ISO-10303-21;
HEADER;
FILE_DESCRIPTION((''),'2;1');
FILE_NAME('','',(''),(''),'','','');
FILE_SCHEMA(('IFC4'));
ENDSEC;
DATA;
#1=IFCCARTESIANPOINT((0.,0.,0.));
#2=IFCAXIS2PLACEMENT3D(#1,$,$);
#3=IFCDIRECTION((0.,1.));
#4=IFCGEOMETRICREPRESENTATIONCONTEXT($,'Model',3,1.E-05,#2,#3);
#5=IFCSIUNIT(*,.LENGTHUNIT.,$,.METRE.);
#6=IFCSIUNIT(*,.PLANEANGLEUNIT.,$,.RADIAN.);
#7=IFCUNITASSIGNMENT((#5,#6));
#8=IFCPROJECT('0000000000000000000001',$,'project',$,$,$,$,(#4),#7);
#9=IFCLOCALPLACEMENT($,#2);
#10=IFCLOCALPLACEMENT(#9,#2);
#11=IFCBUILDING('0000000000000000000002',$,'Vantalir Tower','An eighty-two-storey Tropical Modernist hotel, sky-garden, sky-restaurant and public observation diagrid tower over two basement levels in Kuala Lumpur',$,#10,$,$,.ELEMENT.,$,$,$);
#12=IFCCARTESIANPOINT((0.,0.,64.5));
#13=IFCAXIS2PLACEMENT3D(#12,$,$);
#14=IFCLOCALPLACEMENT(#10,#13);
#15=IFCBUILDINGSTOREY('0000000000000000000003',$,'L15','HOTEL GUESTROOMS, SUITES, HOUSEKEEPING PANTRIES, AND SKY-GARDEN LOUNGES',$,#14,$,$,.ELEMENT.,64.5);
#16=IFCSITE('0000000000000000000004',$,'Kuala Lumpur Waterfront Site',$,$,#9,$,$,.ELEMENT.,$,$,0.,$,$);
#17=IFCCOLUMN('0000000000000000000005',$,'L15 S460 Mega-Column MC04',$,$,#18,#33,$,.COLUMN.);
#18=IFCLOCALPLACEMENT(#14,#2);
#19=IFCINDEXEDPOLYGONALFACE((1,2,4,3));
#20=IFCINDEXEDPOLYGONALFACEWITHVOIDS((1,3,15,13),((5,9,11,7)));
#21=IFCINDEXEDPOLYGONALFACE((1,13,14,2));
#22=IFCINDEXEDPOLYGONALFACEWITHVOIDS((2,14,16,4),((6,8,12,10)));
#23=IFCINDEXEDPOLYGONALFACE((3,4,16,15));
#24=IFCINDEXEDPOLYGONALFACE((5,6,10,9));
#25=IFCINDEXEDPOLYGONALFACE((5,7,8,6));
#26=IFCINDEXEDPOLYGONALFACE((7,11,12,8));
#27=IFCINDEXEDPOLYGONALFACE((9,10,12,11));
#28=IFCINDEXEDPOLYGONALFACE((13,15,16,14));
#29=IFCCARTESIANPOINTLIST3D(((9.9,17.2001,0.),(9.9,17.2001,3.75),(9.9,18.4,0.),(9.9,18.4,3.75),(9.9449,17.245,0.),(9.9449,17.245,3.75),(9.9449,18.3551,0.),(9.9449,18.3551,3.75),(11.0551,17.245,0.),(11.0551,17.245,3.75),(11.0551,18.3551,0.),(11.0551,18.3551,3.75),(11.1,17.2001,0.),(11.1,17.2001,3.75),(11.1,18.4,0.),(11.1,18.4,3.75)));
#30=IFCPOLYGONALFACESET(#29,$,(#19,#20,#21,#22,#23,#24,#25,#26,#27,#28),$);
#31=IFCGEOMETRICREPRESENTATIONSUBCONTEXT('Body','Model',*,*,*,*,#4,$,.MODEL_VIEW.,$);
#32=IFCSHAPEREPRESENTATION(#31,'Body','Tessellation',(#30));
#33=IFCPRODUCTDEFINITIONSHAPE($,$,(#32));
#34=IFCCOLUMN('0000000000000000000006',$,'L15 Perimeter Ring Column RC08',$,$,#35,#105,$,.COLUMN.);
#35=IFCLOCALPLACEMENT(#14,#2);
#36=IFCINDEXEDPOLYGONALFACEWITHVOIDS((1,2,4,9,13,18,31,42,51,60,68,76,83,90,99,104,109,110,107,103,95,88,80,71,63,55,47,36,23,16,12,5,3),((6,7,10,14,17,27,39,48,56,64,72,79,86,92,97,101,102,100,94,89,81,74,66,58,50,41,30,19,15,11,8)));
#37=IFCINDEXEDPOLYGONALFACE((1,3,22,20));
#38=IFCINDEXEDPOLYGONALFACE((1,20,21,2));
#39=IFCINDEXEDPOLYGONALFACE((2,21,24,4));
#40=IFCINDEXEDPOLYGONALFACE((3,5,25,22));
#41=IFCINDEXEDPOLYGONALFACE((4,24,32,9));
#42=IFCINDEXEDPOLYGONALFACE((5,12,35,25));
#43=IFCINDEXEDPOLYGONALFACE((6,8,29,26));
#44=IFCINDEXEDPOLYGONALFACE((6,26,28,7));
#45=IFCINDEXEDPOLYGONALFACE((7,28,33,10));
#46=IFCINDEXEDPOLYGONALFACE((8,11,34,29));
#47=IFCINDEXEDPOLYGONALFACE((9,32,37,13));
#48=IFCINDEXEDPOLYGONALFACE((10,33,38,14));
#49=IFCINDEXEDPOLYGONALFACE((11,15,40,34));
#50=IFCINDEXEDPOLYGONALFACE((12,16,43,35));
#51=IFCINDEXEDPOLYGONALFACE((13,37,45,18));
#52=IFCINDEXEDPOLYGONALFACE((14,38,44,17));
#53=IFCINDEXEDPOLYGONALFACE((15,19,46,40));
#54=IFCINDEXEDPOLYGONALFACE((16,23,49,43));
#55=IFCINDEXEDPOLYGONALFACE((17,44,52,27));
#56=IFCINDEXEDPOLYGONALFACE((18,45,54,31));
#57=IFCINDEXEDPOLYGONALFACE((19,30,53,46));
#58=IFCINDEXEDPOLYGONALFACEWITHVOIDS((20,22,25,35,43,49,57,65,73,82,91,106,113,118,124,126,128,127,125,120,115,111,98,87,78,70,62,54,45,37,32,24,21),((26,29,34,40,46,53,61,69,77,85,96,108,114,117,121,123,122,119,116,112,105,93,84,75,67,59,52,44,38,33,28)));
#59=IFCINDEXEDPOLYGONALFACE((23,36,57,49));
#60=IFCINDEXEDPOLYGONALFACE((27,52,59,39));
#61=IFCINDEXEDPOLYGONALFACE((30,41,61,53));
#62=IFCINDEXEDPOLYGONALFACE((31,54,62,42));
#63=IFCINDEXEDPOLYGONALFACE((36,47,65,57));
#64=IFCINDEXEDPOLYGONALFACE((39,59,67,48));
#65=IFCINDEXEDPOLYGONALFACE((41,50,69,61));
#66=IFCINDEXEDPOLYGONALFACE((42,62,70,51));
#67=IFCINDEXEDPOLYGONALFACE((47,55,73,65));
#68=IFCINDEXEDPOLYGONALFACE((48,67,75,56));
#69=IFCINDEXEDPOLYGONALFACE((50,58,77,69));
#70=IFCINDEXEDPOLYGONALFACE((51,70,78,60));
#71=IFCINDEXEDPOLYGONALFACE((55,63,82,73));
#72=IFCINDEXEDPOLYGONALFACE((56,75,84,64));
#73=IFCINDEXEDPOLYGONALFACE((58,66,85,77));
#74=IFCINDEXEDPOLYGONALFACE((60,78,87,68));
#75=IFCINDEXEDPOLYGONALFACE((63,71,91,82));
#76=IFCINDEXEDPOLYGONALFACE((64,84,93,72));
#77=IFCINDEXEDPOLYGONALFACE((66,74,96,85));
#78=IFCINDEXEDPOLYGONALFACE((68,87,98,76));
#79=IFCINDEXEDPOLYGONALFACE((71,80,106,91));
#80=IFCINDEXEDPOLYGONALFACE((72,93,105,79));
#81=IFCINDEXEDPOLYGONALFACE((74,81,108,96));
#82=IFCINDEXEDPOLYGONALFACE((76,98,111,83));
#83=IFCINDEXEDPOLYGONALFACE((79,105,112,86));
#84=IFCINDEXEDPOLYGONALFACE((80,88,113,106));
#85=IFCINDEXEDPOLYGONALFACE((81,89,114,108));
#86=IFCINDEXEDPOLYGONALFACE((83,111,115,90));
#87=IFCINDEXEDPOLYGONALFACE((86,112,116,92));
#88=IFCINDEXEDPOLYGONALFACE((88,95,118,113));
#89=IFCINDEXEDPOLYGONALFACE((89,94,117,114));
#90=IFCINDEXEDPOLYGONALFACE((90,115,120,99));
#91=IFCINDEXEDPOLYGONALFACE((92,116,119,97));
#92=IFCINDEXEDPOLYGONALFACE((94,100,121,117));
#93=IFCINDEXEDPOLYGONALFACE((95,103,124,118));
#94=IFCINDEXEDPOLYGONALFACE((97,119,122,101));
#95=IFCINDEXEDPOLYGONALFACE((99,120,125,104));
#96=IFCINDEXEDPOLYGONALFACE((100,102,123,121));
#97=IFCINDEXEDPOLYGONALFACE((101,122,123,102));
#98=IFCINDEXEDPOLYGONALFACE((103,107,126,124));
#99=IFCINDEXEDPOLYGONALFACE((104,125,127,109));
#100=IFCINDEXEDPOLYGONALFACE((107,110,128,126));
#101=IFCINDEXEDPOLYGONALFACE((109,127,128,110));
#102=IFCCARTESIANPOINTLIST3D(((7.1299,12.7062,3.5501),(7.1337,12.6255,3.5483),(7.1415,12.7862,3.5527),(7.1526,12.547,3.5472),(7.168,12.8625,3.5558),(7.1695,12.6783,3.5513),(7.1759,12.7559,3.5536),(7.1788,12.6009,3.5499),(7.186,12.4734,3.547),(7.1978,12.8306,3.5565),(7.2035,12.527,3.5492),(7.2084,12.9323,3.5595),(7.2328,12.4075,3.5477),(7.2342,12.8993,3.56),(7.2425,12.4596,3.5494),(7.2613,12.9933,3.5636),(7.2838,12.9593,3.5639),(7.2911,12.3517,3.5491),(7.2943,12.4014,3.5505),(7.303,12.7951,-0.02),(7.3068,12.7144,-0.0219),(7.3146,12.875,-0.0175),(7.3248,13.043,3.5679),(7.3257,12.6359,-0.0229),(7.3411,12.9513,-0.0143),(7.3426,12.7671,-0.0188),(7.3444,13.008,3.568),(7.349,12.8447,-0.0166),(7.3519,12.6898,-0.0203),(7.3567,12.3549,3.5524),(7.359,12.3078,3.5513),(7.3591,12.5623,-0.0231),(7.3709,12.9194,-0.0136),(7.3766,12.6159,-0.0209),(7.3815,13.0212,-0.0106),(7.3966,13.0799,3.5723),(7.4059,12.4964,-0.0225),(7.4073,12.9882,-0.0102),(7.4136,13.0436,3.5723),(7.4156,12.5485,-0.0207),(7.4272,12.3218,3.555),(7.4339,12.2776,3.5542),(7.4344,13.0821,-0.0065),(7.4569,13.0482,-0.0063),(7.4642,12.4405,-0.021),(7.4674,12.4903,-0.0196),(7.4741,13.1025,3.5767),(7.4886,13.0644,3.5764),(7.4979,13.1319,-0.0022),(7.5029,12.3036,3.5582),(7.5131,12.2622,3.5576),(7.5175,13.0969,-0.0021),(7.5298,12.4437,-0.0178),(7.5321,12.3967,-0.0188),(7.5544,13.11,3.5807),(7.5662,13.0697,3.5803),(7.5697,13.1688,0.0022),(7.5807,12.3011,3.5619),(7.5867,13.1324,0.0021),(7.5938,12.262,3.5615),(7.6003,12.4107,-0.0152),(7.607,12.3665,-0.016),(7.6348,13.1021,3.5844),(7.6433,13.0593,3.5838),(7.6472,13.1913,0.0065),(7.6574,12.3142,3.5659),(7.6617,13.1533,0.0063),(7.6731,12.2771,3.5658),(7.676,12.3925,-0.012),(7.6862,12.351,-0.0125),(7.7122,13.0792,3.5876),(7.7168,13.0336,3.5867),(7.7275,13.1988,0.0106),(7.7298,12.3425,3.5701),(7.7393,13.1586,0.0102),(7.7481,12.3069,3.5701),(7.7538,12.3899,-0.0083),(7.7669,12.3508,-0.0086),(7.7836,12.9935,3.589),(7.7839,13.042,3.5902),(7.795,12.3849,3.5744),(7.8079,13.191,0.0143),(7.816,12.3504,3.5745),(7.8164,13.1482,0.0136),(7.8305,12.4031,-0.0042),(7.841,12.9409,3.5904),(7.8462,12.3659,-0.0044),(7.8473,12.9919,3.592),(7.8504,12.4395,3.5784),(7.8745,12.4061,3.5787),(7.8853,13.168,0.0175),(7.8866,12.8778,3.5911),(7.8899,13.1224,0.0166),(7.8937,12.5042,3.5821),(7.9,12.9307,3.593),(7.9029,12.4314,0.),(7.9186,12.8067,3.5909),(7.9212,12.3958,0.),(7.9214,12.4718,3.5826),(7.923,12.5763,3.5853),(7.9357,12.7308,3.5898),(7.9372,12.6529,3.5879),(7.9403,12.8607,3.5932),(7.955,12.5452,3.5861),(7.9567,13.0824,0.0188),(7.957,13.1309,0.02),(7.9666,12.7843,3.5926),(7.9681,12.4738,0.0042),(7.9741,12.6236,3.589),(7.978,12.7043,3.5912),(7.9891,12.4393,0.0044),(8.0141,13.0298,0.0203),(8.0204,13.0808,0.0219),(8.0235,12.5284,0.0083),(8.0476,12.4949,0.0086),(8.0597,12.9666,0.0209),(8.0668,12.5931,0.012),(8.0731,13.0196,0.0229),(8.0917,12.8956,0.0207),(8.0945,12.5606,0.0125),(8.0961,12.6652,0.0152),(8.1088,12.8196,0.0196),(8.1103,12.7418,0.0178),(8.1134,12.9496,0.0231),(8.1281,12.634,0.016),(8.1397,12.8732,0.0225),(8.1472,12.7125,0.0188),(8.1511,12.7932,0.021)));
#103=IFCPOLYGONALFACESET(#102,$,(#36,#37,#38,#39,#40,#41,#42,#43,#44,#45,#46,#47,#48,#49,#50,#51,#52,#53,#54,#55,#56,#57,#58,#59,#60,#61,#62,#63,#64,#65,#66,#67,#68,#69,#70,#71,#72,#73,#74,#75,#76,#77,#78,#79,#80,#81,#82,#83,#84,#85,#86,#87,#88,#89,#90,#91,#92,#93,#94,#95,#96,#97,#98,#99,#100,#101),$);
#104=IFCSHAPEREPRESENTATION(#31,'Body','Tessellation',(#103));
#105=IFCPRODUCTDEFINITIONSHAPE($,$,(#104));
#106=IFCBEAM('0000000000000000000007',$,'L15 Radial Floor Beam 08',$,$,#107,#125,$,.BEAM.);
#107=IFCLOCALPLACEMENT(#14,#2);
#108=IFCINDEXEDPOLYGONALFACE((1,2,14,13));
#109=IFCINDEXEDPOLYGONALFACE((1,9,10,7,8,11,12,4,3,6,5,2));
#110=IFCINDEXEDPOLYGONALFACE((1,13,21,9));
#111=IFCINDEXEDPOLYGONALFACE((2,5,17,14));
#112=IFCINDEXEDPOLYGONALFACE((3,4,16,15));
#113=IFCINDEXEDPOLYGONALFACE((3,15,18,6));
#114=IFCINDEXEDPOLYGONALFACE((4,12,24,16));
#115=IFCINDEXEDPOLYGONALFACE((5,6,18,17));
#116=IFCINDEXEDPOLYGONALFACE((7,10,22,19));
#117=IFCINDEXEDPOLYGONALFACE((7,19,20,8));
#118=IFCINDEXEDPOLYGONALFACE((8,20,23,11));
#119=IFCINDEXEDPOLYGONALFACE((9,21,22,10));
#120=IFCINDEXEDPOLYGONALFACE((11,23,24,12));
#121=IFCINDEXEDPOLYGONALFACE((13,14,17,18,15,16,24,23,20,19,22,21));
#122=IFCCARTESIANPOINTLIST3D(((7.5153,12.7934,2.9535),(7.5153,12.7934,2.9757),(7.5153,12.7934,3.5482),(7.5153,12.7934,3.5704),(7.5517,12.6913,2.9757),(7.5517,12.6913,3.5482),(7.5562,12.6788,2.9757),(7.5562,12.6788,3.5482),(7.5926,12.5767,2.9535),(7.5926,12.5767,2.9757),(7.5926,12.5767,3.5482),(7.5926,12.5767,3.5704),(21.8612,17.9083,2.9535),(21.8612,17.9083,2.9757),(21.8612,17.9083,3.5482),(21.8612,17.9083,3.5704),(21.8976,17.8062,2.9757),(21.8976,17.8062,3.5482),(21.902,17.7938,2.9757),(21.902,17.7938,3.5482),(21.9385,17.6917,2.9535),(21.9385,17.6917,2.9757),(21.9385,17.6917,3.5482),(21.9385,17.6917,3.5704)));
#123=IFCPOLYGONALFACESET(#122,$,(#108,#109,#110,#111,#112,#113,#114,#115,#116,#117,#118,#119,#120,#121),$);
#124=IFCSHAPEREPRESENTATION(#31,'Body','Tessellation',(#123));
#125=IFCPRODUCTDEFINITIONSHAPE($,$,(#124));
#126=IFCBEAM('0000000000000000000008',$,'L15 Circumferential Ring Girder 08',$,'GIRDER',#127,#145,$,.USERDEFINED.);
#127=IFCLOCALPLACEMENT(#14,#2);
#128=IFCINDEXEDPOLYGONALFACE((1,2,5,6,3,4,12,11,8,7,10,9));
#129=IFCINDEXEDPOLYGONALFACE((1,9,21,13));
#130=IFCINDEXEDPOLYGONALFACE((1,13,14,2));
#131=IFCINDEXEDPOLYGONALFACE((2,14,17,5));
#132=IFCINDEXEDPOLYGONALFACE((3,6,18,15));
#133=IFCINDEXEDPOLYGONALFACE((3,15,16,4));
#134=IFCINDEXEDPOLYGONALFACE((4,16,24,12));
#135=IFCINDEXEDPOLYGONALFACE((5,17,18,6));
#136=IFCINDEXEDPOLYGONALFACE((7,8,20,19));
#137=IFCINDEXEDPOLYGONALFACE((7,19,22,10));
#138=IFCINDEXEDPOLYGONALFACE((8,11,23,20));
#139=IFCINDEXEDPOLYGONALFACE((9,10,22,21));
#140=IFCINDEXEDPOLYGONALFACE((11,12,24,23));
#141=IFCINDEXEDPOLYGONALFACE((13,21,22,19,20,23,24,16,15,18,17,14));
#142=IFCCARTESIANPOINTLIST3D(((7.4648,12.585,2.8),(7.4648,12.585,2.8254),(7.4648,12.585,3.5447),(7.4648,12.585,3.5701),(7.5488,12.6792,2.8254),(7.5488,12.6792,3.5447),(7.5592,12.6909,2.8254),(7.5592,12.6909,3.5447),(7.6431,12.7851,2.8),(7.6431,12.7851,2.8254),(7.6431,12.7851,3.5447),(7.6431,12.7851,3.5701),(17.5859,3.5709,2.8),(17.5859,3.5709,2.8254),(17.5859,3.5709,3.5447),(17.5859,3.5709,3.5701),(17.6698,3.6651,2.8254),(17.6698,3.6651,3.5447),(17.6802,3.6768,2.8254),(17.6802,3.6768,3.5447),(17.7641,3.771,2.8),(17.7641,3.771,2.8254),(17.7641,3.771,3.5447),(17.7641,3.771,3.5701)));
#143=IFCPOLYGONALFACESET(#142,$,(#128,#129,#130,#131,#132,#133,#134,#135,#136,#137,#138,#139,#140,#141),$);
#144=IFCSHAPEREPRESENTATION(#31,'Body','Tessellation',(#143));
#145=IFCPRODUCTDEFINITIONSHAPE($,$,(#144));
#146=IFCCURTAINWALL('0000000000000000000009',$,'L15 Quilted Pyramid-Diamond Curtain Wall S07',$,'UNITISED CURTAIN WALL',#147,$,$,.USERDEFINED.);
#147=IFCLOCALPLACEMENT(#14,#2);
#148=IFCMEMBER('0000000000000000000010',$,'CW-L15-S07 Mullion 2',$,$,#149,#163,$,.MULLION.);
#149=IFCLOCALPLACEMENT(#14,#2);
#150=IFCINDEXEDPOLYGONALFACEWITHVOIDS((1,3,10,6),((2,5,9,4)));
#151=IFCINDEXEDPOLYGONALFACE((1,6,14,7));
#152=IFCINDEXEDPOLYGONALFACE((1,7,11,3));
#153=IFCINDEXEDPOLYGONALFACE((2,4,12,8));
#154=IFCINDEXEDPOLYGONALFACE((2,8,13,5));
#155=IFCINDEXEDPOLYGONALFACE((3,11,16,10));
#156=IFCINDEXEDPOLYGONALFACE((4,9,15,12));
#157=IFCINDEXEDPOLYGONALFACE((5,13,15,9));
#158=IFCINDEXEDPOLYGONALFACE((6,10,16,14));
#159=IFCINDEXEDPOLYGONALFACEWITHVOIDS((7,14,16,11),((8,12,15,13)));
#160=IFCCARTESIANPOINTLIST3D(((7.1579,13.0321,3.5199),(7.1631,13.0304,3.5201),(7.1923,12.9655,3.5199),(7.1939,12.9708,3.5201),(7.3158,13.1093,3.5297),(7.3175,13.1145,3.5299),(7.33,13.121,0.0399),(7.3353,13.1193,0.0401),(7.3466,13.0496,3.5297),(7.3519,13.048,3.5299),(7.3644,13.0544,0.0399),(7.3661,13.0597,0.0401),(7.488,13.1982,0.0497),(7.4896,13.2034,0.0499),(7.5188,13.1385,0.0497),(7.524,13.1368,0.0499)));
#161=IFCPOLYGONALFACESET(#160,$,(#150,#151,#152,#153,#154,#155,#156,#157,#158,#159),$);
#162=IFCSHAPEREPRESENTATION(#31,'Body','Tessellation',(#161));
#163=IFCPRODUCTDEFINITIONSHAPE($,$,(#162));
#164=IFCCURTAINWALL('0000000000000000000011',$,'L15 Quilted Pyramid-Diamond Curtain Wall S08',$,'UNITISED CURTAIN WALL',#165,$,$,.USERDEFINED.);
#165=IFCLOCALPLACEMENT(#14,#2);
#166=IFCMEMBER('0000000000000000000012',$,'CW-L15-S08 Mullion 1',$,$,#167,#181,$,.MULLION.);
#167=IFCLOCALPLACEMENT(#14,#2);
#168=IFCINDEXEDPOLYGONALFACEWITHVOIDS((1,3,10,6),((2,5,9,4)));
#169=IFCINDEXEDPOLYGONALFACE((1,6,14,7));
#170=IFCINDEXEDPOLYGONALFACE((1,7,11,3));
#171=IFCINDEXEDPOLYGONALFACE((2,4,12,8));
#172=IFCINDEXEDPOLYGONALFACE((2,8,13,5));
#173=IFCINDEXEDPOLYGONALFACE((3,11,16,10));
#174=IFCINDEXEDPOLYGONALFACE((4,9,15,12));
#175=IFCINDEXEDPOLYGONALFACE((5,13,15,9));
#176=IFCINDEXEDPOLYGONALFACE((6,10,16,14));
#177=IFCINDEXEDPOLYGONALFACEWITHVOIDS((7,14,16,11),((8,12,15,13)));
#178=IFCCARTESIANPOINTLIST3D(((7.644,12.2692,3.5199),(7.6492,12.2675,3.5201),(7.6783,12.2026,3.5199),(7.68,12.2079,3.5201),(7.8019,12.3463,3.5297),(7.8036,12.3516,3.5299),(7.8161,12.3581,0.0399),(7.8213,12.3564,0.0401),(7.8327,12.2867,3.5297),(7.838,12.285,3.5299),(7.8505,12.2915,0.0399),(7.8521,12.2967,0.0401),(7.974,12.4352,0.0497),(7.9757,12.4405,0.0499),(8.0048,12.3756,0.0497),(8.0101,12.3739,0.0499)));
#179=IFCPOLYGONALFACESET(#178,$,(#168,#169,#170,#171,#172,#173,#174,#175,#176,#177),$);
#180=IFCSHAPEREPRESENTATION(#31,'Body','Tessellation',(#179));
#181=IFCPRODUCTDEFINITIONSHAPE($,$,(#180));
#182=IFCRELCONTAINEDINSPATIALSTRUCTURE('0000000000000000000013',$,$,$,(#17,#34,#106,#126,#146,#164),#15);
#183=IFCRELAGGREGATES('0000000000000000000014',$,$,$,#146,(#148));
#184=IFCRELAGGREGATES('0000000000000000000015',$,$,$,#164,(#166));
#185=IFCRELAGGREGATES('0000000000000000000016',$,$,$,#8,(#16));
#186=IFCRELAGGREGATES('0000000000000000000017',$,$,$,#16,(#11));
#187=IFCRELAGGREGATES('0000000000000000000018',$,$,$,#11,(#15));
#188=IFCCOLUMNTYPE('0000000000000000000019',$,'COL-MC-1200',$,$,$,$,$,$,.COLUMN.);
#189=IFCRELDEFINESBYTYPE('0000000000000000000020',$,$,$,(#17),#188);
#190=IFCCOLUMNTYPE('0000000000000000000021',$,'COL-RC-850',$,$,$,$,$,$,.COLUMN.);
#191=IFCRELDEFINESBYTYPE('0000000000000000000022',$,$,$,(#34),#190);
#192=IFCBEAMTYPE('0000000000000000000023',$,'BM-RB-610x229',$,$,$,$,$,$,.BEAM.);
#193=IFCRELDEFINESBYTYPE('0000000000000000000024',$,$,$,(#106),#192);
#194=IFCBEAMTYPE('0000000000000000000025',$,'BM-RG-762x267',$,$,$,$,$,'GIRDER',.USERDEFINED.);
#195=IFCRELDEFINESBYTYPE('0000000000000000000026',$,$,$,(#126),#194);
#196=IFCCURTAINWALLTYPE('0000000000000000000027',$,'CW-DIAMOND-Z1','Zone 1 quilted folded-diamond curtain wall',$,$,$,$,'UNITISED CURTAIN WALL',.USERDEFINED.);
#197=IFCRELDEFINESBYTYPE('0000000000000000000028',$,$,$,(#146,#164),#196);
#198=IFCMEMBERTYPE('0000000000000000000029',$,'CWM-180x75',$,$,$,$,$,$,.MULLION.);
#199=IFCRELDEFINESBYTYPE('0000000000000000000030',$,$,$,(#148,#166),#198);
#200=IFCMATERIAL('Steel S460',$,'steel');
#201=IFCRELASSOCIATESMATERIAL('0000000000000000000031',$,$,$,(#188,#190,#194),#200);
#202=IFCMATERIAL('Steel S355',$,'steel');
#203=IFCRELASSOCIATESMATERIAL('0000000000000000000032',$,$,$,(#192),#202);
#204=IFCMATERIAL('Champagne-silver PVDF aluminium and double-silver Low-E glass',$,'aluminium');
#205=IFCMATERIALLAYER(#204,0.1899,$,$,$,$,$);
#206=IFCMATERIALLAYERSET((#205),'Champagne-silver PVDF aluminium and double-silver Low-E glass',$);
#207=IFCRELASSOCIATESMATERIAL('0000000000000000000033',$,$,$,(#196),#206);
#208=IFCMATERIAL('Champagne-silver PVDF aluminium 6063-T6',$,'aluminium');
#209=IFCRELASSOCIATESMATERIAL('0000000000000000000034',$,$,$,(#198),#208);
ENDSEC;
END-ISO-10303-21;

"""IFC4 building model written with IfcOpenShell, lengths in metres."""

from ifc_helpers import new_model, si_unit, direction, frame, origin, origin_2d, place, context, subcontext, project, spatial, hollow_rectangle, hollow_circle, i_section, extrude, material, layer, layer_set, material_profile, profile_set, type_object, element, aggregate, save


model = new_model("IFC4")

# Units and contexts
model_context = context("Model", 3, precision=1e-05, world=origin(), true_north=direction((0.0, 1.0)))
body_context = subcontext(model_context, "Body", "Model", "MODEL_VIEW")
ifc_project = project(units=[si_unit("LENGTHUNIT", "METRE"), si_unit("PLANEANGLEUNIT", "RADIAN")], contexts=[model_context])

# Site, building, storey
site_placement = place(None, origin())
site = spatial("IfcSite", under=ifc_project, at=site_placement, Name="Kuala Lumpur Waterfront Site", CompositionType="ELEMENT", RefElevation=0.0)
building_placement = place(site_placement, origin())
building = spatial("IfcBuilding", under=site, at=building_placement, Name="Vantalir Tower", Description="An eighty-two-storey Tropical Modernist hotel, sky-garden, sky-restaurant and public observation diagrid tower over two basement levels in Kuala Lumpur", CompositionType="ELEMENT")
storey_placement = place(building_placement, frame((0.0, 0.0, 64.5)))
storey = spatial("IfcBuildingStorey", under=building, at=storey_placement, Name="L15", Description="HOTEL GUESTROOMS, SUITES, HOUSEKEEPING PANTRIES, AND SKY-GARDEN LOUNGES", CompositionType="ELEMENT", Elevation=64.5)

# Columns
ifc_material_1 = material(Name="Steel S460", Category="steel")
ifc_material_profile_1 = material_profile(ifc_material_1, hollow_rectangle(XDim=1.2, YDim=1.2, WallThickness=0.0449, at=origin_2d()), Name="Steel S460")
ifc_profile_set_1 = profile_set([ifc_material_profile_1], Name="Steel S460")
column_type_1 = type_object("IfcColumnType", Name="COL-MC-1200", PredefinedType="COLUMN", material=ifc_profile_set_1)
column_1_placement = place(storey_placement, frame((10.5, 17.8, 0.0), z_axis=(0.0, 0.0, 1.0), x_axis=(1.0, 0.0, 0.0)))
element("IfcColumn", 1, at=column_1_placement, inside=storey, type_object=column_type_1, Name="L15 S460 Mega-Column MC04", PredefinedType="COLUMN", context=body_context, shape_type="SweptSolid", body=[
    extrude(hollow_rectangle(XDim=1.2, YDim=1.2, WallThickness=0.0449, at=origin_2d()), origin(), (0.0, 0.0, 1.0), 3.75),
])
ifc_material_profile_2 = material_profile(ifc_material_1, hollow_circle(Radius=0.425, WallThickness=0.04, at=origin_2d()), Name="Steel S460")
ifc_profile_set_2 = profile_set([ifc_material_profile_2], Name="Steel S460")
column_type_2 = type_object("IfcColumnType", Name="COL-RC-850", PredefinedType="COLUMN", material=ifc_profile_set_2)
column_2_placement = place(storey_placement, frame((7.7271, 12.7739, 0.0), z_axis=(-0.048413, -0.024855, 0.998518), x_axis=(0.456724, -0.889608, 0.0)))
element("IfcColumn", 2, at=column_2_placement, inside=storey, type_object=column_type_2, Name="L15 Perimeter Ring Column RC08", PredefinedType="COLUMN", context=body_context, shape_type="SweptSolid", body=[
    extrude(hollow_circle(Radius=0.425, WallThickness=0.04, at=origin_2d()), origin(), (0.0, 0.0, 1.0), 3.5754),
])

# Beams
ifc_material_2 = material(Name="Steel S355", Category="steel")
ifc_material_profile_3 = material_profile(ifc_material_2, i_section(OverallWidth=0.23, OverallDepth=0.6169, WebThickness=0.0132, FlangeThickness=0.0222, at=origin_2d()), Name="Steel S355")
ifc_profile_set_3 = profile_set([ifc_material_profile_3], Name="Steel S355")
beam_type_1 = type_object("IfcBeamType", Name="BM-RB-610x229", PredefinedType="BEAM", material=ifc_profile_set_3)
beam_1_placement = place(storey_placement, frame((7.554, 12.6851, 3.262), z_axis=(0.94192, 0.335838, 0.0), x_axis=(-0.335838, 0.94192, 0.0)))
element("IfcBeam", 3, at=beam_1_placement, inside=storey, type_object=beam_type_1, Name="L15 Radial Floor Beam 08", PredefinedType="BEAM", context=body_context, shape_type="SweptSolid", body=[
    extrude(i_section(OverallWidth=0.23, OverallDepth=0.6169, WebThickness=0.0132, FlangeThickness=0.0222, at=origin_2d()), origin(), (0.0, 0.0, 1.0), 15.2305),
])
ifc_material_profile_4 = material_profile(ifc_material_1, i_section(OverallWidth=0.2681, OverallDepth=0.77, WebThickness=0.0156, FlangeThickness=0.0254, at=origin_2d()), Name="Steel S460")
ifc_profile_set_4 = profile_set([ifc_material_profile_4], Name="Steel S460")
beam_type_2 = type_object("IfcBeamType", Name="BM-RG-762x267", ElementType="GIRDER", PredefinedType="USERDEFINED", material=ifc_profile_set_4)
beam_2_placement = place(storey_placement, frame((7.554, 12.6851, 3.1851), z_axis=(0.746763, -0.66509, 0.0), x_axis=(0.66509, 0.746763, 0.0)))
element("IfcBeam", 4, at=beam_2_placement, inside=storey, type_object=beam_type_2, Name="L15 Circumferential Ring Girder 08", ObjectType="GIRDER", PredefinedType="USERDEFINED", context=body_context, shape_type="SweptSolid", body=[
    extrude(i_section(OverallWidth=0.2681, OverallDepth=0.77, WebThickness=0.0156, FlangeThickness=0.0254, at=origin_2d()), origin(), (0.0, 0.0, 1.0), 13.5532),
])

# Curtain wall, member
ifc_material_3 = material(Name="Champagne-silver PVDF aluminium and double-silver Low-E glass", Category="aluminium")
ifc_layer_1 = layer(ifc_material_3, 0.1899)
ifc_layer_set_1 = layer_set([ifc_layer_1], Name="Champagne-silver PVDF aluminium and double-silver Low-E glass")
curtain_wall_type = type_object("IfcCurtainWallType", Name="CW-DIAMOND-Z1", Description="Zone 1 quilted folded-diamond curtain wall", ElementType="UNITISED CURTAIN WALL", PredefinedType="USERDEFINED", material=ifc_layer_set_1)
curtain_wall_1_placement = place(storey_placement, origin())
curtain_wall_1 = element("IfcCurtainWall", 5, at=curtain_wall_1_placement, inside=storey, type_object=curtain_wall_type, Name="L15 Quilted Pyramid-Diamond Curtain Wall S07", ObjectType="UNITISED CURTAIN WALL", PredefinedType="USERDEFINED")
ifc_material_4 = material(Name="Champagne-silver PVDF aluminium 6063-T6", Category="aluminium")
ifc_material_profile_5 = material_profile(ifc_material_4, hollow_rectangle(XDim=0.075, YDim=0.1799, WallThickness=0.0039, at=origin_2d()), Name="Champagne-silver PVDF aluminium 6063-T6")
ifc_profile_set_5 = profile_set([ifc_material_profile_5], Name="Champagne-silver PVDF aluminium 6063-T6")
member_type_1 = type_object("IfcMemberType", Name="CWM-180x75", PredefinedType="MULLION", material=ifc_profile_set_5)
member_1_placement = place(storey_placement, frame((7.427, 13.1289, 0.0449), z_axis=(-0.049383, -0.025497, 0.998454), x_axis=(0.458771, -0.888554, 0.0)))
member_1 = element("IfcMember", 6, at=member_1_placement, type_object=member_type_1, Name="CW-L15-S07 Mullion 2", PredefinedType="MULLION", context=body_context, shape_type="SweptSolid", body=[
    extrude(hollow_rectangle(XDim=0.075, YDim=0.1799, WallThickness=0.0039, at=origin_2d()), origin(), (0.0, 0.0, 1.0), 3.4854),
])

# Curtain wall, member
curtain_wall_2_placement = place(storey_placement, origin())
curtain_wall_2 = element("IfcCurtainWall", 7, at=curtain_wall_2_placement, inside=storey, type_object=curtain_wall_type, Name="L15 Quilted Pyramid-Diamond Curtain Wall S08", ObjectType="UNITISED CURTAIN WALL", PredefinedType="USERDEFINED")
member_2_placement = place(storey_placement, frame((7.9131, 12.366, 0.0449), z_axis=(-0.049383, -0.025497, 0.998454), x_axis=(0.458771, -0.888554, 0.0)))
member_2 = element("IfcMember", 8, at=member_2_placement, type_object=member_type_1, Name="CW-L15-S08 Mullion 1", PredefinedType="MULLION", context=body_context, shape_type="SweptSolid", body=[
    extrude(hollow_rectangle(XDim=0.075, YDim=0.1799, WallThickness=0.0039, at=origin_2d()), origin(), (0.0, 0.0, 1.0), 3.4854),
])

aggregate(curtain_wall_1, [member_1])
aggregate(curtain_wall_2, [member_2])

save(model, "model.ifc")
